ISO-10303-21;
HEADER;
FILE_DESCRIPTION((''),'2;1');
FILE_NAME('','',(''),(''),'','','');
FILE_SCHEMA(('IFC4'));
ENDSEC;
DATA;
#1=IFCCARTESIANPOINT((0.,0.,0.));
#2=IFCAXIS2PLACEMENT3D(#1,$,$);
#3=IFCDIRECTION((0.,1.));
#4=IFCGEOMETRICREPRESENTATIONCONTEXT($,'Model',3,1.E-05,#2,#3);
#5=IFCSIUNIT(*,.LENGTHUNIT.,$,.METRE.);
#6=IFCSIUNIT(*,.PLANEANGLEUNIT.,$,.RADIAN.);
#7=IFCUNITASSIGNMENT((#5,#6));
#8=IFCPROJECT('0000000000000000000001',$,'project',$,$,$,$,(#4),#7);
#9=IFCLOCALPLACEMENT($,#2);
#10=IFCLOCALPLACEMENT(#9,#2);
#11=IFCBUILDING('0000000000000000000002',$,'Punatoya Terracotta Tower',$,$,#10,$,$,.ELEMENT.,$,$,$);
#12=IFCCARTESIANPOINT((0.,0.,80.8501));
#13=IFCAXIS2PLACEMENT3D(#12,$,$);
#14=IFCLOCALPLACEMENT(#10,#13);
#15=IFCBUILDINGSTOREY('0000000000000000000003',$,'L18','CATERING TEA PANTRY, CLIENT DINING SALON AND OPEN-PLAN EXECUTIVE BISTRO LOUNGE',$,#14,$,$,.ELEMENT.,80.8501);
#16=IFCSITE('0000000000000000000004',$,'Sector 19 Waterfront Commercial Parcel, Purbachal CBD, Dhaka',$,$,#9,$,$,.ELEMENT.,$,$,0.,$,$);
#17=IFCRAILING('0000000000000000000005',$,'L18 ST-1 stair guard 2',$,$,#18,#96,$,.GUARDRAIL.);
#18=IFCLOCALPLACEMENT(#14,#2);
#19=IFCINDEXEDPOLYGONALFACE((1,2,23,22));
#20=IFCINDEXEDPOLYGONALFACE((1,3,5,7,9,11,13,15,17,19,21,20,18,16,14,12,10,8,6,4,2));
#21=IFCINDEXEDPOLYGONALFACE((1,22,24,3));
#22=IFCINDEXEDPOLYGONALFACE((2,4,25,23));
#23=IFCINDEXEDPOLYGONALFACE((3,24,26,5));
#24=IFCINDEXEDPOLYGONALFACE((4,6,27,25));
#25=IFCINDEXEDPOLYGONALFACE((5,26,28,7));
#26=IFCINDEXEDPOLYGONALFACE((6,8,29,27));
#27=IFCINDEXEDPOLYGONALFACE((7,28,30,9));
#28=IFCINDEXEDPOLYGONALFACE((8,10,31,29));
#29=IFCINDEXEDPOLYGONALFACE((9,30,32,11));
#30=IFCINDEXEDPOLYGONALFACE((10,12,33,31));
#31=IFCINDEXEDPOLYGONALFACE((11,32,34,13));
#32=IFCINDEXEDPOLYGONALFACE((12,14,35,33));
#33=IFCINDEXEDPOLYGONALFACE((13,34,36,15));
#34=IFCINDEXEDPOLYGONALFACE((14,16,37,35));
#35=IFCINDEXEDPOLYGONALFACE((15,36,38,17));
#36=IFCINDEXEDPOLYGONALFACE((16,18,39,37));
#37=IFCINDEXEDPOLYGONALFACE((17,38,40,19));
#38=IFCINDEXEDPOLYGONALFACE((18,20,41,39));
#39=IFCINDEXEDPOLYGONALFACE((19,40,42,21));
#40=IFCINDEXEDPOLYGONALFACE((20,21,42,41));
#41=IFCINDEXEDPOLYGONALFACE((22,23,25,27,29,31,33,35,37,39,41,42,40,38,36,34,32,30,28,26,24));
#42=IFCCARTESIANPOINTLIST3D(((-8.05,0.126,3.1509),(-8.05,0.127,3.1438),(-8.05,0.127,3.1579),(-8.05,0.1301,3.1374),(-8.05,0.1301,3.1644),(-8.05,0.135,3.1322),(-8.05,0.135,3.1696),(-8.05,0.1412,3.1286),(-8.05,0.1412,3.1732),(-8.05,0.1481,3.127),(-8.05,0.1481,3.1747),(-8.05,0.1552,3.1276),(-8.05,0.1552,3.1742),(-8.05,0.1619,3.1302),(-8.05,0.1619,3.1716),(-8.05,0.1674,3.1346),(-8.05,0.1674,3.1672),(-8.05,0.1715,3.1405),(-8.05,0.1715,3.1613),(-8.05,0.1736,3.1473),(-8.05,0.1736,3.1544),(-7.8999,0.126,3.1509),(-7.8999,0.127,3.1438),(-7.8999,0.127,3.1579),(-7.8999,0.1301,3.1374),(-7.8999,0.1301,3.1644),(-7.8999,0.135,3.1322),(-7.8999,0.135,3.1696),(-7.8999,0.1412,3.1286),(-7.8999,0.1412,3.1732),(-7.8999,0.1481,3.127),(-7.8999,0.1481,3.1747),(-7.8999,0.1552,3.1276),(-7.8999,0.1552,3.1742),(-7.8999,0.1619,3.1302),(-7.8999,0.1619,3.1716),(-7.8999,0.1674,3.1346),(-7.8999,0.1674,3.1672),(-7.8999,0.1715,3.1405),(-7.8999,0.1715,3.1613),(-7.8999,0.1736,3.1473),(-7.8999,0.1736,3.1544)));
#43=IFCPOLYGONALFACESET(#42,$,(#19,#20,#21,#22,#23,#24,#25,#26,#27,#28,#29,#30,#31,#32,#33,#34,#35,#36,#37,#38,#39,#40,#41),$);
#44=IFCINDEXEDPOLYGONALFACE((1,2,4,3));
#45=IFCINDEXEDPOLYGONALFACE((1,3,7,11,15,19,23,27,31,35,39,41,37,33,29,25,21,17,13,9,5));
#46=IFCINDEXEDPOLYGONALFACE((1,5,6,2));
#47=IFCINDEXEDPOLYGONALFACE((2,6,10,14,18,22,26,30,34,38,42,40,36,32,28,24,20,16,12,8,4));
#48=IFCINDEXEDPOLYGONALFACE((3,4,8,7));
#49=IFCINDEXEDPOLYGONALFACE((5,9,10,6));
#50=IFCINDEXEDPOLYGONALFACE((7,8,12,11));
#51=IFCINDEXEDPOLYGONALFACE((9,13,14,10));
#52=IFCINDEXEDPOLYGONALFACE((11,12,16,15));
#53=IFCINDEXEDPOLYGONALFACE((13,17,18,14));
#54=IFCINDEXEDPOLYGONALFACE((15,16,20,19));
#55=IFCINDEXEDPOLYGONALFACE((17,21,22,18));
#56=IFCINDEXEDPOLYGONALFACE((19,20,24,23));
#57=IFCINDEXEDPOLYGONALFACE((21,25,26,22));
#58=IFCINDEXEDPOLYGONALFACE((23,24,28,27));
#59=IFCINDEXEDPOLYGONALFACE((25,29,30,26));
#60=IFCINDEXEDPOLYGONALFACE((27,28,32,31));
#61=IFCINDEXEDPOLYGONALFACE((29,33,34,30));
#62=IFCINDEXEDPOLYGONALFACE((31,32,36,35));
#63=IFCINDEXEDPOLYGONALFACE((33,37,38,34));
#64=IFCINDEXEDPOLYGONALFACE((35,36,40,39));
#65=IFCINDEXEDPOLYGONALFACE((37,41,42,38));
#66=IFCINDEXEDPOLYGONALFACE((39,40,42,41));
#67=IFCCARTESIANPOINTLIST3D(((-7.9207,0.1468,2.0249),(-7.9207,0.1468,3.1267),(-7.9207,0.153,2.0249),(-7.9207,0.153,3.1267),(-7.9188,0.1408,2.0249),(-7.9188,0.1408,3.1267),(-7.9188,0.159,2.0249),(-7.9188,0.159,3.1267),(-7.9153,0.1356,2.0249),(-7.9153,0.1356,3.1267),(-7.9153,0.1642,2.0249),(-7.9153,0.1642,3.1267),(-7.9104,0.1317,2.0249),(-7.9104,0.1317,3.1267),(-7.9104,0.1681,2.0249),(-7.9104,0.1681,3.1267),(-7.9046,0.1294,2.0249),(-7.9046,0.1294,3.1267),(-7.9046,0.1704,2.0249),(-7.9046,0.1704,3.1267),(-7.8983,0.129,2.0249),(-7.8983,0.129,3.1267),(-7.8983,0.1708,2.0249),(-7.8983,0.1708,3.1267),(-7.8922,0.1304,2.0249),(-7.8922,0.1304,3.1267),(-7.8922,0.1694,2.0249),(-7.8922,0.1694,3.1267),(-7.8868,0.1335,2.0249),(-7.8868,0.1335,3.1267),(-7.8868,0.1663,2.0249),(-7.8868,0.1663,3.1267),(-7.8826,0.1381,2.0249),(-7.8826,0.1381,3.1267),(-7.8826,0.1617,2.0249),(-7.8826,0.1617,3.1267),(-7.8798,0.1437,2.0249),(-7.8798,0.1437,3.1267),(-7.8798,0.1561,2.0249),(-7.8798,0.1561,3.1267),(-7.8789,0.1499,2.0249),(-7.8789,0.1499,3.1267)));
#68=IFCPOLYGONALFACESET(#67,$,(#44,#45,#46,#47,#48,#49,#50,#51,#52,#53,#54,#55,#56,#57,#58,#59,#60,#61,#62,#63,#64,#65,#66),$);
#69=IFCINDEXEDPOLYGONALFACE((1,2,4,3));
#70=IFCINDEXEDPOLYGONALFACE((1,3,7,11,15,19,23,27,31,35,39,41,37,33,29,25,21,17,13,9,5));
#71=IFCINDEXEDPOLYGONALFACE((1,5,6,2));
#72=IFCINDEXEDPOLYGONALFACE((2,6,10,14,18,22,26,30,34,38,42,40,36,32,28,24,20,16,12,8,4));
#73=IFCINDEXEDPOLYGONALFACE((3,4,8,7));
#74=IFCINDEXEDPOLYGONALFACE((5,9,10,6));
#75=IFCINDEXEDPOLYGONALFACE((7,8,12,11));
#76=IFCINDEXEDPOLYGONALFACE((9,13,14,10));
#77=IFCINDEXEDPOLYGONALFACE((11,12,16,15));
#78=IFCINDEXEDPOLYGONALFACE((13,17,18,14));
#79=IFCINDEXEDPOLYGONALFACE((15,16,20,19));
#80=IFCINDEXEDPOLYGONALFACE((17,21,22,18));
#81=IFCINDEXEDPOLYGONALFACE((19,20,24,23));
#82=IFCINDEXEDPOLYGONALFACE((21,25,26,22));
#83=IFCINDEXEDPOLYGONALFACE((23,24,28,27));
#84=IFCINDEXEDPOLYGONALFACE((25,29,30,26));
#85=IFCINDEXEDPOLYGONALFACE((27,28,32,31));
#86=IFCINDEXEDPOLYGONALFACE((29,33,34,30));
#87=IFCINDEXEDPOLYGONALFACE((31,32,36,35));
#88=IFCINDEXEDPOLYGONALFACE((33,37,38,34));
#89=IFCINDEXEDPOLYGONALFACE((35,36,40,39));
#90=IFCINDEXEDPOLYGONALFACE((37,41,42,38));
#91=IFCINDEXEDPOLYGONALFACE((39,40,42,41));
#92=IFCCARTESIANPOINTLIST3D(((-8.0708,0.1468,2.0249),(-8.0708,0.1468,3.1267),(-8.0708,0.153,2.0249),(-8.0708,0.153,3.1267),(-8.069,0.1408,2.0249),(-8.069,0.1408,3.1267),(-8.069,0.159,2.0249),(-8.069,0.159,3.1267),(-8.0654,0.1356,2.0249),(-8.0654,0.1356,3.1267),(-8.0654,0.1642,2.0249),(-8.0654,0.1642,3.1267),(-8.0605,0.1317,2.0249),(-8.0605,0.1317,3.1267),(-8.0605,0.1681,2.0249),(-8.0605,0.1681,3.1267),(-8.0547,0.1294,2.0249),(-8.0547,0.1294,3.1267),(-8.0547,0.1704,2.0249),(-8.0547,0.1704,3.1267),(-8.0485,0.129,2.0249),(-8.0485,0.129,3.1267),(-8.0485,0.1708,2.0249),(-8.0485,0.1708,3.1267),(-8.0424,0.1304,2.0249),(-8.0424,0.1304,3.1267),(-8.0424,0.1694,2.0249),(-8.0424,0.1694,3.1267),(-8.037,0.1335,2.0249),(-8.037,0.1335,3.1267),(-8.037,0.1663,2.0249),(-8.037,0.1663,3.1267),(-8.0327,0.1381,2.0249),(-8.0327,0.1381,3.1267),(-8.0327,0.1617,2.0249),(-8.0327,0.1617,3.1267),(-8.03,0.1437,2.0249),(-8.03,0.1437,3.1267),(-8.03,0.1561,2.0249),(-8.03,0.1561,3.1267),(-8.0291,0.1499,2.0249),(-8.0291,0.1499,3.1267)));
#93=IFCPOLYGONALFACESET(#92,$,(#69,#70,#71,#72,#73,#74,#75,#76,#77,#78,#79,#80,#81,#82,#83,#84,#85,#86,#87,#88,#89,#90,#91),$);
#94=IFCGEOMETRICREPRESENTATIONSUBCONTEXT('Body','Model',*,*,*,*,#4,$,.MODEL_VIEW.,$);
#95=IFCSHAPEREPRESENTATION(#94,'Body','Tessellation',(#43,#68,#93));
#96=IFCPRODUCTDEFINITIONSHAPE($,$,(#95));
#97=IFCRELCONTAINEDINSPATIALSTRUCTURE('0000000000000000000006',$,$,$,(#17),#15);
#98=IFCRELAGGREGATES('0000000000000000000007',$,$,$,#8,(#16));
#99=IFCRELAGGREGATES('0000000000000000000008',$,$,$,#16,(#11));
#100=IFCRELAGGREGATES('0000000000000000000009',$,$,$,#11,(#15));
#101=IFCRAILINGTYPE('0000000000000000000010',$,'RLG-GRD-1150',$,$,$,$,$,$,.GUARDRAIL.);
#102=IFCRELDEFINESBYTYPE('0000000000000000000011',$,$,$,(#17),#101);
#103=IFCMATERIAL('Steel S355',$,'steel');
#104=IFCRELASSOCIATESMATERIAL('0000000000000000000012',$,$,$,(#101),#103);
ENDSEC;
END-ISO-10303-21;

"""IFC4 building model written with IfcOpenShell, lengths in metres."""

from ifc_helpers import new_model, si_unit, direction, frame, origin, origin_2d, place, context, subcontext, project, spatial, circle, extrude, material, type_object, element, save


model = new_model("IFC4")

# Units and contexts
model_context = context("Model", 3, precision=1e-05, world=origin(), true_north=direction((0.0, 1.0)))
body_context = subcontext(model_context, "Body", "Model", "MODEL_VIEW")
ifc_project = project(units=[si_unit("LENGTHUNIT", "METRE"), si_unit("PLANEANGLEUNIT", "RADIAN")], contexts=[model_context])

# Site, building, storey
site_placement = place(None, origin())
site = spatial("IfcSite", under=ifc_project, at=site_placement, Name="Sector 19 Waterfront Commercial Parcel, Purbachal CBD, Dhaka", CompositionType="ELEMENT", RefElevation=0.0)
building_placement = place(site_placement, origin())
building = spatial("IfcBuilding", under=site, at=building_placement, Name="Punatoya Terracotta Tower", CompositionType="ELEMENT")
storey_placement = place(building_placement, frame((0.0, 0.0, 80.8501)))
storey = spatial("IfcBuildingStorey", under=building, at=storey_placement, Name="L18", Description="CATERING TEA PANTRY, CLIENT DINING SALON AND OPEN-PLAN EXECUTIVE BISTRO LOUNGE", CompositionType="ELEMENT", Elevation=80.8501)

# Shared definitions
ifc_material_1 = material(Name="Steel S355", Category="steel")

# Railing
railing_type_1 = type_object("IfcRailingType", Name="RLG-GRD-1150", PredefinedType="GUARDRAIL", material=ifc_material_1)
railing_1_placement = place(storey_placement, frame((-7.8999, 0.1499, 2.0249)))
element("IfcRailing", 1, at=railing_1_placement, inside=storey, type_object=railing_type_1, Name="L18 ST-1 stair guard 2", PredefinedType="GUARDRAIL", context=body_context, shape_type="SweptSolid", body=[
    extrude(circle(Radius=0.0239, at=origin_2d()), frame((0.0, 0.0, 1.126), z_axis=(-1.0, 0.0, 0.0), x_axis=(0.0, -1.0, 0.0)), (0.0, 0.0, 1.0), 0.1501),
    extrude(circle(Radius=0.021, at=origin_2d()), origin(), (0.0, 0.0, 1.0), 1.1018),
    extrude(circle(Radius=0.021, at=origin_2d()), frame((-0.1501, 0.0, 0.0)), (0.0, 0.0, 1.0), 1.1018),
])

save(model, "model.ifc")
